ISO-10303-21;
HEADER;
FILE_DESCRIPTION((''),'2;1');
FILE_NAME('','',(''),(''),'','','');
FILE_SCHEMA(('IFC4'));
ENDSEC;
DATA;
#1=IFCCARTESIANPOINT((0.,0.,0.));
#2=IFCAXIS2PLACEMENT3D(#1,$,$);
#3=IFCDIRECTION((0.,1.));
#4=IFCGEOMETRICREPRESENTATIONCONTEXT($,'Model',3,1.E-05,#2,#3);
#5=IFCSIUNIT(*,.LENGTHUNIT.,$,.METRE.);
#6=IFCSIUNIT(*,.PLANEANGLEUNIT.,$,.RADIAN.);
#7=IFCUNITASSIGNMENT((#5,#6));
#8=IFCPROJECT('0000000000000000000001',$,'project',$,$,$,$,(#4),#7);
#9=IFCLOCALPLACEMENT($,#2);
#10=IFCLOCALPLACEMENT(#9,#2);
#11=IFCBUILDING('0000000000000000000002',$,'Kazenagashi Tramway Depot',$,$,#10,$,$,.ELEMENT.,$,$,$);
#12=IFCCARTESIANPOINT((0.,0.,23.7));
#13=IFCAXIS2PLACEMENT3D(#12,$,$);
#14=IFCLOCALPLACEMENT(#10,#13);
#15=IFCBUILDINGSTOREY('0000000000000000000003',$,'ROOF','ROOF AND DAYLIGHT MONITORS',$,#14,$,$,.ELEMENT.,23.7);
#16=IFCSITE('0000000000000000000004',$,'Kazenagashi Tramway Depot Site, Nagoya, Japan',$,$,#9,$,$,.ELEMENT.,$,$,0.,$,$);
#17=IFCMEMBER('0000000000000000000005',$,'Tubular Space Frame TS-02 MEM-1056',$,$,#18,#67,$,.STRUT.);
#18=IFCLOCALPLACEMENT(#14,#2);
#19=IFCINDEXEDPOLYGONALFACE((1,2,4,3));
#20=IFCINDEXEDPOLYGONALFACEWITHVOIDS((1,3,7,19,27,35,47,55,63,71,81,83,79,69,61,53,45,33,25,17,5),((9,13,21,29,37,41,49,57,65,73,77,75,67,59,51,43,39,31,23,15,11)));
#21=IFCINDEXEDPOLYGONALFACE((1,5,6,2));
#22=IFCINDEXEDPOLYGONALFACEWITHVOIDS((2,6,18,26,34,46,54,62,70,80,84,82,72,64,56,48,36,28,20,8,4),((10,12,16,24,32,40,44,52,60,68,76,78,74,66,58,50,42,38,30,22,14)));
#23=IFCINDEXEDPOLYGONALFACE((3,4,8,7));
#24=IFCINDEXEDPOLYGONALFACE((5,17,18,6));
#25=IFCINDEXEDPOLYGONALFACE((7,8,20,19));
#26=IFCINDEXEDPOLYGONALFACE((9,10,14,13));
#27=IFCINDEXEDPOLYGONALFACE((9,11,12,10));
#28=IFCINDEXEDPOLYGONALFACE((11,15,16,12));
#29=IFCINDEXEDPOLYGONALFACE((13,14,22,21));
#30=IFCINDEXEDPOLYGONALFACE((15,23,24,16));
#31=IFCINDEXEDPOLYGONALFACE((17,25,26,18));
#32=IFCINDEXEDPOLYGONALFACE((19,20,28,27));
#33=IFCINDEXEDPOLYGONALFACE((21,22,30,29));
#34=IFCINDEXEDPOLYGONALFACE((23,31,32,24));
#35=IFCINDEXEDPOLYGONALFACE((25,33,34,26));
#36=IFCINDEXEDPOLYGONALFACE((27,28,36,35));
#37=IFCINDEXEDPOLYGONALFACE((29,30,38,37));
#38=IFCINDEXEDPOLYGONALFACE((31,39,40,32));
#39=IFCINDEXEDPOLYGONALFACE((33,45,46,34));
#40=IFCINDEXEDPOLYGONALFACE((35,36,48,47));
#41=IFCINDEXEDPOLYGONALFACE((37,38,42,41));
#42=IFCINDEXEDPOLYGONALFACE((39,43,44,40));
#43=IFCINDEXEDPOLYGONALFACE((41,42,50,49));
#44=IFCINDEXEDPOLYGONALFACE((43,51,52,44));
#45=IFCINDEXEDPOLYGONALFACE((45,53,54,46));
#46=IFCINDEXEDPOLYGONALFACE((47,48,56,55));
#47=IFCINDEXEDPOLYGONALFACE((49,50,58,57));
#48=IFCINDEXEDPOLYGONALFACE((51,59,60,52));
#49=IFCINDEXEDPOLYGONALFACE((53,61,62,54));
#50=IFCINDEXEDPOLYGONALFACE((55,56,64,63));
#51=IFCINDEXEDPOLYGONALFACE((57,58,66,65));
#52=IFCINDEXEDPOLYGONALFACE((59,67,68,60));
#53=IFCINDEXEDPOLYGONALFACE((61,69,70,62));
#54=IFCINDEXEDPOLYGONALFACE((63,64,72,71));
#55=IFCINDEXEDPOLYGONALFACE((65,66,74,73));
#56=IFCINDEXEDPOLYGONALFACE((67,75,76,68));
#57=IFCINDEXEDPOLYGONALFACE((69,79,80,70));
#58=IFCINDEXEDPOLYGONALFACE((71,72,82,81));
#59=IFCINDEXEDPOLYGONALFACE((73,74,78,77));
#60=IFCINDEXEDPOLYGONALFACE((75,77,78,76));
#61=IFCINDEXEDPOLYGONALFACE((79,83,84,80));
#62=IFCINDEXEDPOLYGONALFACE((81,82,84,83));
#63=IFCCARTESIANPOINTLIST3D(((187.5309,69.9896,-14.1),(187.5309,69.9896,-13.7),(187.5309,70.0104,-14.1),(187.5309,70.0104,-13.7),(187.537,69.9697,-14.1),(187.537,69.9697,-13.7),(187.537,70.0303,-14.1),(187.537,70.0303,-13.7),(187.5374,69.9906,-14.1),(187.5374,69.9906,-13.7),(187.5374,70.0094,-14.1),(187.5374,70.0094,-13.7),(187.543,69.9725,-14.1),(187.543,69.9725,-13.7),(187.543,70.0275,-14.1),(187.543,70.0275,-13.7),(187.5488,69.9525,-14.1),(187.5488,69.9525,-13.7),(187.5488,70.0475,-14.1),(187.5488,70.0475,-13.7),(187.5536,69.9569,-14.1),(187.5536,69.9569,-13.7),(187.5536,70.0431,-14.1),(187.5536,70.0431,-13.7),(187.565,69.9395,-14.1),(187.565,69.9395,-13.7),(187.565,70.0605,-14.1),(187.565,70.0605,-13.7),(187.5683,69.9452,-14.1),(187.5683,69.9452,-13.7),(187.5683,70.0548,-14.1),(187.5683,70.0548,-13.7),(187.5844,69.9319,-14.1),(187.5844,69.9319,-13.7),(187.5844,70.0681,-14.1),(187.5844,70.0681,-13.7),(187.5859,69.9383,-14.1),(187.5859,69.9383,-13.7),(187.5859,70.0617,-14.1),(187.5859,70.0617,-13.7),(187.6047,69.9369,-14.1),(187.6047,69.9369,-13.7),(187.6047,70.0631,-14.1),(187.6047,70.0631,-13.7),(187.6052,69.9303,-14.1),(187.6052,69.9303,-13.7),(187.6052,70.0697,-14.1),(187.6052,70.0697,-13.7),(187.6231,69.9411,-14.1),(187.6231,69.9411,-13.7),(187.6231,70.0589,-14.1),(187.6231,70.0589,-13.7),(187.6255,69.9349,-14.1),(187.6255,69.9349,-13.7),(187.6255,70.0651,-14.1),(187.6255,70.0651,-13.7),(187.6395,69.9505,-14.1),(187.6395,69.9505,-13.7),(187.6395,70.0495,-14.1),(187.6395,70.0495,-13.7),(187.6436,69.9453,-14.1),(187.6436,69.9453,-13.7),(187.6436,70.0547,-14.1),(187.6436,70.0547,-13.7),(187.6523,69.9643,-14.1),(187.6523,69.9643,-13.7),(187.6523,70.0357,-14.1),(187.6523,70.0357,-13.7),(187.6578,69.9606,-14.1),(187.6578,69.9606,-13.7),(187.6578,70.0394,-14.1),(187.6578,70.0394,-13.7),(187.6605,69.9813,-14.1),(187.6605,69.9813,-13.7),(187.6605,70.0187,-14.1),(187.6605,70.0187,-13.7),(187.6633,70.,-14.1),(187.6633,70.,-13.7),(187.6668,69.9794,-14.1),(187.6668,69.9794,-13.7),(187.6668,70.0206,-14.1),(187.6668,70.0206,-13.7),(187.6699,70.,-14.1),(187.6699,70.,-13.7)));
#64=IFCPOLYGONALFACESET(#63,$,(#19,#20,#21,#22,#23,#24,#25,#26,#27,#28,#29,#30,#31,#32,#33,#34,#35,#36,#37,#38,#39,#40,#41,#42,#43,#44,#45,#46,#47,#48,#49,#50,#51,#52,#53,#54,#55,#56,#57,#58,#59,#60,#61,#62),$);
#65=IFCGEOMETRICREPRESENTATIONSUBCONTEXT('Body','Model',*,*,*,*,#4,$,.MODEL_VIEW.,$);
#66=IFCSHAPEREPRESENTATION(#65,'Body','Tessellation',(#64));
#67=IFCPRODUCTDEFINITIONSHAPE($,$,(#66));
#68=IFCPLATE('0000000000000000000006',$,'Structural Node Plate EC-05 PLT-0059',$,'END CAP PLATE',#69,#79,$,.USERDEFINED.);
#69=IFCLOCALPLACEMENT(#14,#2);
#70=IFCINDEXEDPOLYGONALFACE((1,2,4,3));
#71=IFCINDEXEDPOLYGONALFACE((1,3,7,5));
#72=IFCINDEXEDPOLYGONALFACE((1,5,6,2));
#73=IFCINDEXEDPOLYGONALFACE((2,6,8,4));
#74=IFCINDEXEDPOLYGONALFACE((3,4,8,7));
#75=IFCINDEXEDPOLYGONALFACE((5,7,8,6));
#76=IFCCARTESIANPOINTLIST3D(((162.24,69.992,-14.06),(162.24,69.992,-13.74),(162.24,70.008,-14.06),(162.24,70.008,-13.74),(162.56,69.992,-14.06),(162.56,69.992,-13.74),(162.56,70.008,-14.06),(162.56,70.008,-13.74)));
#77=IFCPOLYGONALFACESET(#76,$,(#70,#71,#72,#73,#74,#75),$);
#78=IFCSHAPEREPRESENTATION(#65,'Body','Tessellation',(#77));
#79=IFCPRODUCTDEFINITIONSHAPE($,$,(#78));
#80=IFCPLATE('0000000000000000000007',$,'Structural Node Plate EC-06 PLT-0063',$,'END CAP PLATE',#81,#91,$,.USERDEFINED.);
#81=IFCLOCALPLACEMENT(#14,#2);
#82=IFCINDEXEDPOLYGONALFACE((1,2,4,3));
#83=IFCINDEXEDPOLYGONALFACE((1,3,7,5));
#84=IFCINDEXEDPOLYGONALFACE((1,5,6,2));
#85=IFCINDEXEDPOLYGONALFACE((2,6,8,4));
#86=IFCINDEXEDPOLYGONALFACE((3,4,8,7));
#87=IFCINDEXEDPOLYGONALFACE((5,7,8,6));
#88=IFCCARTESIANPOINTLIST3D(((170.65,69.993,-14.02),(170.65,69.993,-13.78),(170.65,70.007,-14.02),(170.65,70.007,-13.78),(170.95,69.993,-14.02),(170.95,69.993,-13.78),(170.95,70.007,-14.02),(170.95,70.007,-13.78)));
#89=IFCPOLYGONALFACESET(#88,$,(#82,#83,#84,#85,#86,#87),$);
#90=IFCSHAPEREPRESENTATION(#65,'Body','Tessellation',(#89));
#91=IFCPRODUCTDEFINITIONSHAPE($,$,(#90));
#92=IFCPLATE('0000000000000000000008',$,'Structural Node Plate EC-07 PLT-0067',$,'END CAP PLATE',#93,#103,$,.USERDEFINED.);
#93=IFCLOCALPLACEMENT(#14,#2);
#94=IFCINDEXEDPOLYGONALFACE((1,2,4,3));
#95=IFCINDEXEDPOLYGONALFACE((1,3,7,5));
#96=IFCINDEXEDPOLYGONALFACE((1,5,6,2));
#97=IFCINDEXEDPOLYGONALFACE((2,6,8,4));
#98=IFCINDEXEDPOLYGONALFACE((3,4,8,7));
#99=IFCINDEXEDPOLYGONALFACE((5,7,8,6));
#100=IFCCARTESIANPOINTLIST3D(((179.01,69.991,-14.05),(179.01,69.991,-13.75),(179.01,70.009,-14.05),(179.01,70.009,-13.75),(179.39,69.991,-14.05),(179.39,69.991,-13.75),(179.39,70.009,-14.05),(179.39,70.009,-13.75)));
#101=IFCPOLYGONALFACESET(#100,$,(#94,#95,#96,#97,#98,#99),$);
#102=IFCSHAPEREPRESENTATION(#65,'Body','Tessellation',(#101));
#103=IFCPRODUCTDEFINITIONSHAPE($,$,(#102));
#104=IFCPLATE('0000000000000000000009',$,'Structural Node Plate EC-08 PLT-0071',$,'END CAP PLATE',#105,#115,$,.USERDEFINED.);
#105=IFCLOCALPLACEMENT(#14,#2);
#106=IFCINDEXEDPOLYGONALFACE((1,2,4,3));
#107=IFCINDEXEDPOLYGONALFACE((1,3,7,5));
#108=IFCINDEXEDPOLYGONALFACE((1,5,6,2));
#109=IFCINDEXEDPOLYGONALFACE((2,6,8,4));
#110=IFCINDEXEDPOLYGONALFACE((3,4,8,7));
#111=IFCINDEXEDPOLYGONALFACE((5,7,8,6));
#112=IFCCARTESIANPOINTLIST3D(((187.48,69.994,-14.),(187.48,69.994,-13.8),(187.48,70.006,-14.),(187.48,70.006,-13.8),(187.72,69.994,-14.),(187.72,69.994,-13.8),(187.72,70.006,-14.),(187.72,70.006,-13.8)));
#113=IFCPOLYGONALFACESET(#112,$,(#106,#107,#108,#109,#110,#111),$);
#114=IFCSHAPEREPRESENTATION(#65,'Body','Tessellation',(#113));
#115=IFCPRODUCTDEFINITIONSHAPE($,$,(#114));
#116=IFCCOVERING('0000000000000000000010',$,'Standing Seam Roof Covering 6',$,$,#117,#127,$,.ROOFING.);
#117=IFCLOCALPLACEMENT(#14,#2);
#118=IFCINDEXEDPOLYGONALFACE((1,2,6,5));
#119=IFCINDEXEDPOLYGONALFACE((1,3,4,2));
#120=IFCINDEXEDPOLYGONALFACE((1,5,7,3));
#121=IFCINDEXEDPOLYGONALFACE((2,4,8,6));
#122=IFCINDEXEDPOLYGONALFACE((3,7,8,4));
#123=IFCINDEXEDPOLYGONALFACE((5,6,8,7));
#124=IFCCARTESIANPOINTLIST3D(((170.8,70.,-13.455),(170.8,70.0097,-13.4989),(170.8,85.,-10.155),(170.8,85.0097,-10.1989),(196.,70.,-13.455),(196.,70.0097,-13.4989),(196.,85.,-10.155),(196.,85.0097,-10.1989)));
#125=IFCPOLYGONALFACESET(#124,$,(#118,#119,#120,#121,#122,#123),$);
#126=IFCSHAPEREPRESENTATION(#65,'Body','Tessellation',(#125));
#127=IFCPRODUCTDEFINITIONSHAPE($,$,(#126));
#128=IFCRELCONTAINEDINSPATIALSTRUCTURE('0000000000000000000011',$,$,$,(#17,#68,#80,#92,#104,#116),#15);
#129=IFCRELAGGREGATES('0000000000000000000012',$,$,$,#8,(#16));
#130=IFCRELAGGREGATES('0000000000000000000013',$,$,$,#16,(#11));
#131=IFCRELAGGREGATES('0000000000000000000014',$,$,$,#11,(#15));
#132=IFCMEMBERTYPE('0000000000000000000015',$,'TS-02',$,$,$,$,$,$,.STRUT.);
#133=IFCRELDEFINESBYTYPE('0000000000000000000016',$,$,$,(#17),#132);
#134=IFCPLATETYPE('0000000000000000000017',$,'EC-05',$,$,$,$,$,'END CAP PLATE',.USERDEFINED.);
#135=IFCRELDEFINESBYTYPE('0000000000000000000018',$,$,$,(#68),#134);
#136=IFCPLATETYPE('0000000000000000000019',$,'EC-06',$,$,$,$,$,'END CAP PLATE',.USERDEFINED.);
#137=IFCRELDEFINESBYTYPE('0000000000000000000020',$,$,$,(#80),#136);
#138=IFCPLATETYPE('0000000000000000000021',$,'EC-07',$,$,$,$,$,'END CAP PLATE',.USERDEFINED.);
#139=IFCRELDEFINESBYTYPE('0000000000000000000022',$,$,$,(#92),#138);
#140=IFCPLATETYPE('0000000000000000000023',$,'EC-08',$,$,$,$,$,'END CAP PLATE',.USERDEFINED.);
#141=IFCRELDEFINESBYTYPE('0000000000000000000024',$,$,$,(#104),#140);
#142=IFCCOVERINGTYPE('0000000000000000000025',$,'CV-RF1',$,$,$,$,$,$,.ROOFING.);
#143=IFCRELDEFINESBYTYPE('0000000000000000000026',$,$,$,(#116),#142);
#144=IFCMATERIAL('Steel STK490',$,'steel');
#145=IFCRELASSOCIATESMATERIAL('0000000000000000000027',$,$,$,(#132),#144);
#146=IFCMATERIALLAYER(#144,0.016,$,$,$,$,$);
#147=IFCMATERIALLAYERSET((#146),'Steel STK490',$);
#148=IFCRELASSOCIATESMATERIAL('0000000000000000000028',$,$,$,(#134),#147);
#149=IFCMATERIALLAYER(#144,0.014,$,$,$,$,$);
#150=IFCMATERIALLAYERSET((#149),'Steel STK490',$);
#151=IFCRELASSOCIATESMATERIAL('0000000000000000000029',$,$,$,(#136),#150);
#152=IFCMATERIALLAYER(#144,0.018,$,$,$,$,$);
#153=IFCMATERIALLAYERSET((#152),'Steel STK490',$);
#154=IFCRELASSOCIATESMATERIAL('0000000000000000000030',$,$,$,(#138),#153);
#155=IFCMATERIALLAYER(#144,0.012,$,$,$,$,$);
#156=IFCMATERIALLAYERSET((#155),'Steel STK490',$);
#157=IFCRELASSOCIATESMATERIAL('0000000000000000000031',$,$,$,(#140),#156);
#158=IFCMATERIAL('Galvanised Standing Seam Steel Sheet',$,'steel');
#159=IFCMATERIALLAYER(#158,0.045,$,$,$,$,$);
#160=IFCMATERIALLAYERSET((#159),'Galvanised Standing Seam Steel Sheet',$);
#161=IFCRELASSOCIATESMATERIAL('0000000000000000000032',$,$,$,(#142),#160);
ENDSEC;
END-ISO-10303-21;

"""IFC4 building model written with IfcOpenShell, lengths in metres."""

from ifc_helpers import new_model, si_unit, direction, frame, origin, origin_2d, place, context, subcontext, project, spatial, polyline, rectangle, hollow_circle, outline, extrude, material, layer, layer_set, material_profile, profile_set, type_object, element, save


model = new_model("IFC4")

# Units and contexts
model_context = context("Model", 3, precision=1e-05, world=origin(), true_north=direction((0.0, 1.0)))
body_context = subcontext(model_context, "Body", "Model", "MODEL_VIEW")
ifc_project = project(units=[si_unit("LENGTHUNIT", "METRE"), si_unit("PLANEANGLEUNIT", "RADIAN")], contexts=[model_context])

# Site, building, storey
site_placement = place(None, origin())
site = spatial("IfcSite", under=ifc_project, at=site_placement, Name="Kazenagashi Tramway Depot Site, Nagoya, Japan", CompositionType="ELEMENT", RefElevation=0.0)
building_placement = place(site_placement, origin())
building = spatial("IfcBuilding", under=site, at=building_placement, Name="Kazenagashi Tramway Depot", CompositionType="ELEMENT")
storey_placement = place(building_placement, frame((0.0, 0.0, 23.7)))
storey = spatial("IfcBuildingStorey", under=building, at=storey_placement, Name="ROOF", Description="ROOF AND DAYLIGHT MONITORS", CompositionType="ELEMENT", Elevation=23.7)

# Member
ifc_material_1 = material(Name="Steel STK490", Category="steel")
ifc_material_profile_1 = material_profile(ifc_material_1, hollow_circle(Radius=0.0699, WallThickness=0.0066, at=origin_2d()), Name="CHS-139.8x6.6")
ifc_profile_set_1 = profile_set([ifc_material_profile_1], Name="Steel STK490")
member_type_1 = type_object("IfcMemberType", Name="TS-02", PredefinedType="STRUT", material=ifc_profile_set_1)
for number, where, z_axis, x_axis, name in (
    (1, (187.6, 70.0, -14.1), (0.0, 0.0, 1.0), (1.0, 0.0, 0.0), "Tubular Space Frame TS-02 MEM-1056"),
):
    element("IfcMember", number, at=place(storey_placement, frame(where, z_axis=z_axis, x_axis=x_axis)), inside=storey, type_object=member_type_1, Name=name, PredefinedType="STRUT", context=body_context, shape_type="SweptSolid", body=[
        extrude(hollow_circle(Radius=0.0699, WallThickness=0.0066, at=origin_2d()), origin(), (0.0, 0.0, 1.0), 0.4),
    ])

# Plates
ifc_layer_1 = layer(ifc_material_1, 0.016)
ifc_layer_set_1 = layer_set([ifc_layer_1], Name="Steel STK490")
plate_type_1 = type_object("IfcPlateType", Name="EC-05", ElementType="END CAP PLATE", PredefinedType="USERDEFINED", material=ifc_layer_set_1)
plate_1_placement = place(storey_placement, frame((162.4, 70.0, -14.06), z_axis=(0.0, 0.0, 1.0), x_axis=(1.0, 0.0, 0.0)))
element("IfcPlate", 2, at=plate_1_placement, inside=storey, type_object=plate_type_1, Name="Structural Node Plate EC-05 PLT-0059", ObjectType="END CAP PLATE", PredefinedType="USERDEFINED", context=body_context, shape_type="SweptSolid", body=[
    extrude(rectangle(XDim=0.32, YDim=0.016, at=origin_2d()), origin(), (0.0, 0.0, 1.0), 0.32),
])
ifc_layer_2 = layer(ifc_material_1, 0.014)
ifc_layer_set_2 = layer_set([ifc_layer_2], Name="Steel STK490")
plate_type_2 = type_object("IfcPlateType", Name="EC-06", ElementType="END CAP PLATE", PredefinedType="USERDEFINED", material=ifc_layer_set_2)
plate_2_placement = place(storey_placement, frame((170.8, 70.0, -14.02), z_axis=(0.0, 0.0, 1.0), x_axis=(1.0, 0.0, 0.0)))
element("IfcPlate", 3, at=plate_2_placement, inside=storey, type_object=plate_type_2, Name="Structural Node Plate EC-06 PLT-0063", ObjectType="END CAP PLATE", PredefinedType="USERDEFINED", context=body_context, shape_type="SweptSolid", body=[
    extrude(rectangle(XDim=0.3, YDim=0.014, at=origin_2d()), origin(), (0.0, 0.0, 1.0), 0.24),
])
ifc_layer_3 = layer(ifc_material_1, 0.018)
ifc_layer_set_3 = layer_set([ifc_layer_3], Name="Steel STK490")
plate_type_3 = type_object("IfcPlateType", Name="EC-07", ElementType="END CAP PLATE", PredefinedType="USERDEFINED", material=ifc_layer_set_3)
plate_3_placement = place(storey_placement, frame((179.2, 70.0, -14.05), z_axis=(0.0, 0.0, 1.0), x_axis=(1.0, 0.0, 0.0)))
element("IfcPlate", 4, at=plate_3_placement, inside=storey, type_object=plate_type_3, Name="Structural Node Plate EC-07 PLT-0067", ObjectType="END CAP PLATE", PredefinedType="USERDEFINED", context=body_context, shape_type="SweptSolid", body=[
    extrude(rectangle(XDim=0.38, YDim=0.018, at=origin_2d()), origin(), (0.0, 0.0, 1.0), 0.3),
])
ifc_layer_4 = layer(ifc_material_1, 0.012)
ifc_layer_set_4 = layer_set([ifc_layer_4], Name="Steel STK490")
plate_type_4 = type_object("IfcPlateType", Name="EC-08", ElementType="END CAP PLATE", PredefinedType="USERDEFINED", material=ifc_layer_set_4)
plate_4_placement = place(storey_placement, frame((187.6, 70.0, -14.0), z_axis=(0.0, 0.0, 1.0), x_axis=(1.0, 0.0, 0.0)))
element("IfcPlate", 5, at=plate_4_placement, inside=storey, type_object=plate_type_4, Name="Structural Node Plate EC-08 PLT-0071", ObjectType="END CAP PLATE", PredefinedType="USERDEFINED", context=body_context, shape_type="SweptSolid", body=[
    extrude(rectangle(XDim=0.24, YDim=0.012, at=origin_2d()), origin(), (0.0, 0.0, 1.0), 0.2),
])

# Covering
ifc_material_2 = material(Name="Galvanised Standing Seam Steel Sheet", Category="steel")
ifc_layer_5 = layer(ifc_material_2, 0.045)
ifc_layer_set_5 = layer_set([ifc_layer_5], Name="Galvanised Standing Seam Steel Sheet")
covering_type = type_object("IfcCoveringType", Name="CV-RF1", PredefinedType="ROOFING", material=ifc_layer_set_5)
covering_placement = place(storey_placement, frame((170.8, 70.0, -13.455), z_axis=(0.0, -0.214862, 0.976644), x_axis=(1.0, 0.0, 0.0)))
element("IfcCovering", 6, at=covering_placement, inside=storey, type_object=covering_type, Name="Standing Seam Roof Covering 6", PredefinedType="ROOFING", context=body_context, shape_type="SweptSolid", body=[
    extrude(outline(polyline([(0.0, 0.0), (25.2, 0.0), (25.2, 15.3587), (0.0, 15.3587), (0.0, 0.0)])), origin(), (0.0, 0.0, -1.0), 0.045),
])

save(model, "model.ifc")
